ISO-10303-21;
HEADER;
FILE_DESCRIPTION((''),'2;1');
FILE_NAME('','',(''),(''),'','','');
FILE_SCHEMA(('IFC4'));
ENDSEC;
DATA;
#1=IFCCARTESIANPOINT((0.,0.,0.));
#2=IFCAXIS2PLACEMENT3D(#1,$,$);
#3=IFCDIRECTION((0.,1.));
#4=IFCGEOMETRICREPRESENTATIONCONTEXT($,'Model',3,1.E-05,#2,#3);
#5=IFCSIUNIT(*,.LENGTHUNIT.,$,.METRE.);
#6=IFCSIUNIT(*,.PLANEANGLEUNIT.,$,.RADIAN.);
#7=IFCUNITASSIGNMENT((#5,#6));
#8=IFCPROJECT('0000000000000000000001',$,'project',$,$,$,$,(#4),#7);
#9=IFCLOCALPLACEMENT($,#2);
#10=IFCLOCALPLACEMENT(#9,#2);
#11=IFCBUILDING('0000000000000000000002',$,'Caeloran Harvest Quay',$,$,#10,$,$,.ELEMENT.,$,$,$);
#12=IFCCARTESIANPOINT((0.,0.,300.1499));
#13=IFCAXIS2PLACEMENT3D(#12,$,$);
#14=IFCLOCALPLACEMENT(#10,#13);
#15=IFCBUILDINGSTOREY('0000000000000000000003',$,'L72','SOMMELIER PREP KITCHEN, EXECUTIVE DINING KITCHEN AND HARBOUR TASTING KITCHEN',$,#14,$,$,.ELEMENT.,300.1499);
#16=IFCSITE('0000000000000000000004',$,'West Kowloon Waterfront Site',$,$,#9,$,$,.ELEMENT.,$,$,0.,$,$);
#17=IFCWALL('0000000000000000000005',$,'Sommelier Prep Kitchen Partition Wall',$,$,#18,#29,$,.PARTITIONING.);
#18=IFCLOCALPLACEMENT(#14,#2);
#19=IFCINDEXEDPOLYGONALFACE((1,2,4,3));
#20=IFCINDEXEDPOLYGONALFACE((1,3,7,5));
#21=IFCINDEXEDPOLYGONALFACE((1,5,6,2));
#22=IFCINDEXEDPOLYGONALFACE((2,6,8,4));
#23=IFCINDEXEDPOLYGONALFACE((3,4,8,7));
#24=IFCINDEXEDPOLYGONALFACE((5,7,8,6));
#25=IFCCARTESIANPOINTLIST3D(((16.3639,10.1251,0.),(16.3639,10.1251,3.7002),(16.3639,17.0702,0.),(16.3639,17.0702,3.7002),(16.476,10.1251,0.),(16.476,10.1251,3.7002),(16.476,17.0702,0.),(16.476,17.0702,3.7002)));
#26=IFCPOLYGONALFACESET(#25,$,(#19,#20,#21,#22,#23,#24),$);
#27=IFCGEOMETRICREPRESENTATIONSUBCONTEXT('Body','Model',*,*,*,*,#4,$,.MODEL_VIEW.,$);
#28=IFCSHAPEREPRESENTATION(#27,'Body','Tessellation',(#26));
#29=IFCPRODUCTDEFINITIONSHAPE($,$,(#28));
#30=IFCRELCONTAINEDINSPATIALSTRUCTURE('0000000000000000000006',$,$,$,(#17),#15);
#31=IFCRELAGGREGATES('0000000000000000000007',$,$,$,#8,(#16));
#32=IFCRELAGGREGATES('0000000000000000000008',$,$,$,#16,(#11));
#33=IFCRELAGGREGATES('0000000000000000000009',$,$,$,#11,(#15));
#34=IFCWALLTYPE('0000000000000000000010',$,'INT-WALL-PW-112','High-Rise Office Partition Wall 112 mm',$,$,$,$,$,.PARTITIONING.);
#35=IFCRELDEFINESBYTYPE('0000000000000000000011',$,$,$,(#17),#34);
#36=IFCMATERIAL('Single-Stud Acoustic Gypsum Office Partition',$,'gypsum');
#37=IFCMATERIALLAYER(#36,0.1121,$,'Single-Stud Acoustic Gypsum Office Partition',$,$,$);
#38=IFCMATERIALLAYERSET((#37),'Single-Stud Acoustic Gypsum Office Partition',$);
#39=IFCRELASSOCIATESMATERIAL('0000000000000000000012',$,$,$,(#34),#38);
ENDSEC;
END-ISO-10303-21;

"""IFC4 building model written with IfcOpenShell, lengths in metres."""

from ifc_helpers import new_model, si_unit, direction, frame, frame_2d, origin, place, context, subcontext, project, spatial, rectangle, extrude, material, layer, layer_set, type_object, element, save


model = new_model("IFC4")

# Units and contexts
model_context = context("Model", 3, precision=1e-05, world=origin(), true_north=direction((0.0, 1.0)))
body_context = subcontext(model_context, "Body", "Model", "MODEL_VIEW")
ifc_project = project(units=[si_unit("LENGTHUNIT", "METRE"), si_unit("PLANEANGLEUNIT", "RADIAN")], contexts=[model_context])

# Site, building, storey
site_placement = place(None, origin())
site = spatial("IfcSite", under=ifc_project, at=site_placement, Name="West Kowloon Waterfront Site", CompositionType="ELEMENT", RefElevation=0.0)
building_placement = place(site_placement, origin())
building = spatial("IfcBuilding", under=site, at=building_placement, Name="Caeloran Harvest Quay", CompositionType="ELEMENT")
storey_placement = place(building_placement, frame((0.0, 0.0, 300.1499)))
storey = spatial("IfcBuildingStorey", under=building, at=storey_placement, Name="L72", Description="SOMMELIER PREP KITCHEN, EXECUTIVE DINING KITCHEN AND HARBOUR TASTING KITCHEN", CompositionType="ELEMENT", Elevation=300.1499)

# Wall
ifc_material_1 = material(Name="Single-Stud Acoustic Gypsum Office Partition", Category="gypsum")
ifc_layer_1 = layer(ifc_material_1, 0.1121, Name="Single-Stud Acoustic Gypsum Office Partition")
ifc_layer_set_1 = layer_set([ifc_layer_1], Name="Single-Stud Acoustic Gypsum Office Partition")
wall_type_1 = type_object("IfcWallType", Name="INT-WALL-PW-112", Description="High-Rise Office Partition Wall 112 mm", PredefinedType="PARTITIONING", material=ifc_layer_set_1)
wall_1_placement = place(storey_placement, frame((16.4199, 10.125, 0.0), z_axis=(0.0, 0.0, 1.0), x_axis=(0.0, 1.0, 0.0)))
element("IfcWall", 1, at=wall_1_placement, inside=storey, type_object=wall_type_1, Name="Sommelier Prep Kitchen Partition Wall", PredefinedType="PARTITIONING", context=body_context, shape_type="SweptSolid", body=[
    extrude(rectangle(XDim=6.9451, YDim=0.1121, at=frame_2d((3.4727, 0.0))), origin(), (0.0, 0.0, 1.0), 3.7002),
])

save(model, "model.ifc")
